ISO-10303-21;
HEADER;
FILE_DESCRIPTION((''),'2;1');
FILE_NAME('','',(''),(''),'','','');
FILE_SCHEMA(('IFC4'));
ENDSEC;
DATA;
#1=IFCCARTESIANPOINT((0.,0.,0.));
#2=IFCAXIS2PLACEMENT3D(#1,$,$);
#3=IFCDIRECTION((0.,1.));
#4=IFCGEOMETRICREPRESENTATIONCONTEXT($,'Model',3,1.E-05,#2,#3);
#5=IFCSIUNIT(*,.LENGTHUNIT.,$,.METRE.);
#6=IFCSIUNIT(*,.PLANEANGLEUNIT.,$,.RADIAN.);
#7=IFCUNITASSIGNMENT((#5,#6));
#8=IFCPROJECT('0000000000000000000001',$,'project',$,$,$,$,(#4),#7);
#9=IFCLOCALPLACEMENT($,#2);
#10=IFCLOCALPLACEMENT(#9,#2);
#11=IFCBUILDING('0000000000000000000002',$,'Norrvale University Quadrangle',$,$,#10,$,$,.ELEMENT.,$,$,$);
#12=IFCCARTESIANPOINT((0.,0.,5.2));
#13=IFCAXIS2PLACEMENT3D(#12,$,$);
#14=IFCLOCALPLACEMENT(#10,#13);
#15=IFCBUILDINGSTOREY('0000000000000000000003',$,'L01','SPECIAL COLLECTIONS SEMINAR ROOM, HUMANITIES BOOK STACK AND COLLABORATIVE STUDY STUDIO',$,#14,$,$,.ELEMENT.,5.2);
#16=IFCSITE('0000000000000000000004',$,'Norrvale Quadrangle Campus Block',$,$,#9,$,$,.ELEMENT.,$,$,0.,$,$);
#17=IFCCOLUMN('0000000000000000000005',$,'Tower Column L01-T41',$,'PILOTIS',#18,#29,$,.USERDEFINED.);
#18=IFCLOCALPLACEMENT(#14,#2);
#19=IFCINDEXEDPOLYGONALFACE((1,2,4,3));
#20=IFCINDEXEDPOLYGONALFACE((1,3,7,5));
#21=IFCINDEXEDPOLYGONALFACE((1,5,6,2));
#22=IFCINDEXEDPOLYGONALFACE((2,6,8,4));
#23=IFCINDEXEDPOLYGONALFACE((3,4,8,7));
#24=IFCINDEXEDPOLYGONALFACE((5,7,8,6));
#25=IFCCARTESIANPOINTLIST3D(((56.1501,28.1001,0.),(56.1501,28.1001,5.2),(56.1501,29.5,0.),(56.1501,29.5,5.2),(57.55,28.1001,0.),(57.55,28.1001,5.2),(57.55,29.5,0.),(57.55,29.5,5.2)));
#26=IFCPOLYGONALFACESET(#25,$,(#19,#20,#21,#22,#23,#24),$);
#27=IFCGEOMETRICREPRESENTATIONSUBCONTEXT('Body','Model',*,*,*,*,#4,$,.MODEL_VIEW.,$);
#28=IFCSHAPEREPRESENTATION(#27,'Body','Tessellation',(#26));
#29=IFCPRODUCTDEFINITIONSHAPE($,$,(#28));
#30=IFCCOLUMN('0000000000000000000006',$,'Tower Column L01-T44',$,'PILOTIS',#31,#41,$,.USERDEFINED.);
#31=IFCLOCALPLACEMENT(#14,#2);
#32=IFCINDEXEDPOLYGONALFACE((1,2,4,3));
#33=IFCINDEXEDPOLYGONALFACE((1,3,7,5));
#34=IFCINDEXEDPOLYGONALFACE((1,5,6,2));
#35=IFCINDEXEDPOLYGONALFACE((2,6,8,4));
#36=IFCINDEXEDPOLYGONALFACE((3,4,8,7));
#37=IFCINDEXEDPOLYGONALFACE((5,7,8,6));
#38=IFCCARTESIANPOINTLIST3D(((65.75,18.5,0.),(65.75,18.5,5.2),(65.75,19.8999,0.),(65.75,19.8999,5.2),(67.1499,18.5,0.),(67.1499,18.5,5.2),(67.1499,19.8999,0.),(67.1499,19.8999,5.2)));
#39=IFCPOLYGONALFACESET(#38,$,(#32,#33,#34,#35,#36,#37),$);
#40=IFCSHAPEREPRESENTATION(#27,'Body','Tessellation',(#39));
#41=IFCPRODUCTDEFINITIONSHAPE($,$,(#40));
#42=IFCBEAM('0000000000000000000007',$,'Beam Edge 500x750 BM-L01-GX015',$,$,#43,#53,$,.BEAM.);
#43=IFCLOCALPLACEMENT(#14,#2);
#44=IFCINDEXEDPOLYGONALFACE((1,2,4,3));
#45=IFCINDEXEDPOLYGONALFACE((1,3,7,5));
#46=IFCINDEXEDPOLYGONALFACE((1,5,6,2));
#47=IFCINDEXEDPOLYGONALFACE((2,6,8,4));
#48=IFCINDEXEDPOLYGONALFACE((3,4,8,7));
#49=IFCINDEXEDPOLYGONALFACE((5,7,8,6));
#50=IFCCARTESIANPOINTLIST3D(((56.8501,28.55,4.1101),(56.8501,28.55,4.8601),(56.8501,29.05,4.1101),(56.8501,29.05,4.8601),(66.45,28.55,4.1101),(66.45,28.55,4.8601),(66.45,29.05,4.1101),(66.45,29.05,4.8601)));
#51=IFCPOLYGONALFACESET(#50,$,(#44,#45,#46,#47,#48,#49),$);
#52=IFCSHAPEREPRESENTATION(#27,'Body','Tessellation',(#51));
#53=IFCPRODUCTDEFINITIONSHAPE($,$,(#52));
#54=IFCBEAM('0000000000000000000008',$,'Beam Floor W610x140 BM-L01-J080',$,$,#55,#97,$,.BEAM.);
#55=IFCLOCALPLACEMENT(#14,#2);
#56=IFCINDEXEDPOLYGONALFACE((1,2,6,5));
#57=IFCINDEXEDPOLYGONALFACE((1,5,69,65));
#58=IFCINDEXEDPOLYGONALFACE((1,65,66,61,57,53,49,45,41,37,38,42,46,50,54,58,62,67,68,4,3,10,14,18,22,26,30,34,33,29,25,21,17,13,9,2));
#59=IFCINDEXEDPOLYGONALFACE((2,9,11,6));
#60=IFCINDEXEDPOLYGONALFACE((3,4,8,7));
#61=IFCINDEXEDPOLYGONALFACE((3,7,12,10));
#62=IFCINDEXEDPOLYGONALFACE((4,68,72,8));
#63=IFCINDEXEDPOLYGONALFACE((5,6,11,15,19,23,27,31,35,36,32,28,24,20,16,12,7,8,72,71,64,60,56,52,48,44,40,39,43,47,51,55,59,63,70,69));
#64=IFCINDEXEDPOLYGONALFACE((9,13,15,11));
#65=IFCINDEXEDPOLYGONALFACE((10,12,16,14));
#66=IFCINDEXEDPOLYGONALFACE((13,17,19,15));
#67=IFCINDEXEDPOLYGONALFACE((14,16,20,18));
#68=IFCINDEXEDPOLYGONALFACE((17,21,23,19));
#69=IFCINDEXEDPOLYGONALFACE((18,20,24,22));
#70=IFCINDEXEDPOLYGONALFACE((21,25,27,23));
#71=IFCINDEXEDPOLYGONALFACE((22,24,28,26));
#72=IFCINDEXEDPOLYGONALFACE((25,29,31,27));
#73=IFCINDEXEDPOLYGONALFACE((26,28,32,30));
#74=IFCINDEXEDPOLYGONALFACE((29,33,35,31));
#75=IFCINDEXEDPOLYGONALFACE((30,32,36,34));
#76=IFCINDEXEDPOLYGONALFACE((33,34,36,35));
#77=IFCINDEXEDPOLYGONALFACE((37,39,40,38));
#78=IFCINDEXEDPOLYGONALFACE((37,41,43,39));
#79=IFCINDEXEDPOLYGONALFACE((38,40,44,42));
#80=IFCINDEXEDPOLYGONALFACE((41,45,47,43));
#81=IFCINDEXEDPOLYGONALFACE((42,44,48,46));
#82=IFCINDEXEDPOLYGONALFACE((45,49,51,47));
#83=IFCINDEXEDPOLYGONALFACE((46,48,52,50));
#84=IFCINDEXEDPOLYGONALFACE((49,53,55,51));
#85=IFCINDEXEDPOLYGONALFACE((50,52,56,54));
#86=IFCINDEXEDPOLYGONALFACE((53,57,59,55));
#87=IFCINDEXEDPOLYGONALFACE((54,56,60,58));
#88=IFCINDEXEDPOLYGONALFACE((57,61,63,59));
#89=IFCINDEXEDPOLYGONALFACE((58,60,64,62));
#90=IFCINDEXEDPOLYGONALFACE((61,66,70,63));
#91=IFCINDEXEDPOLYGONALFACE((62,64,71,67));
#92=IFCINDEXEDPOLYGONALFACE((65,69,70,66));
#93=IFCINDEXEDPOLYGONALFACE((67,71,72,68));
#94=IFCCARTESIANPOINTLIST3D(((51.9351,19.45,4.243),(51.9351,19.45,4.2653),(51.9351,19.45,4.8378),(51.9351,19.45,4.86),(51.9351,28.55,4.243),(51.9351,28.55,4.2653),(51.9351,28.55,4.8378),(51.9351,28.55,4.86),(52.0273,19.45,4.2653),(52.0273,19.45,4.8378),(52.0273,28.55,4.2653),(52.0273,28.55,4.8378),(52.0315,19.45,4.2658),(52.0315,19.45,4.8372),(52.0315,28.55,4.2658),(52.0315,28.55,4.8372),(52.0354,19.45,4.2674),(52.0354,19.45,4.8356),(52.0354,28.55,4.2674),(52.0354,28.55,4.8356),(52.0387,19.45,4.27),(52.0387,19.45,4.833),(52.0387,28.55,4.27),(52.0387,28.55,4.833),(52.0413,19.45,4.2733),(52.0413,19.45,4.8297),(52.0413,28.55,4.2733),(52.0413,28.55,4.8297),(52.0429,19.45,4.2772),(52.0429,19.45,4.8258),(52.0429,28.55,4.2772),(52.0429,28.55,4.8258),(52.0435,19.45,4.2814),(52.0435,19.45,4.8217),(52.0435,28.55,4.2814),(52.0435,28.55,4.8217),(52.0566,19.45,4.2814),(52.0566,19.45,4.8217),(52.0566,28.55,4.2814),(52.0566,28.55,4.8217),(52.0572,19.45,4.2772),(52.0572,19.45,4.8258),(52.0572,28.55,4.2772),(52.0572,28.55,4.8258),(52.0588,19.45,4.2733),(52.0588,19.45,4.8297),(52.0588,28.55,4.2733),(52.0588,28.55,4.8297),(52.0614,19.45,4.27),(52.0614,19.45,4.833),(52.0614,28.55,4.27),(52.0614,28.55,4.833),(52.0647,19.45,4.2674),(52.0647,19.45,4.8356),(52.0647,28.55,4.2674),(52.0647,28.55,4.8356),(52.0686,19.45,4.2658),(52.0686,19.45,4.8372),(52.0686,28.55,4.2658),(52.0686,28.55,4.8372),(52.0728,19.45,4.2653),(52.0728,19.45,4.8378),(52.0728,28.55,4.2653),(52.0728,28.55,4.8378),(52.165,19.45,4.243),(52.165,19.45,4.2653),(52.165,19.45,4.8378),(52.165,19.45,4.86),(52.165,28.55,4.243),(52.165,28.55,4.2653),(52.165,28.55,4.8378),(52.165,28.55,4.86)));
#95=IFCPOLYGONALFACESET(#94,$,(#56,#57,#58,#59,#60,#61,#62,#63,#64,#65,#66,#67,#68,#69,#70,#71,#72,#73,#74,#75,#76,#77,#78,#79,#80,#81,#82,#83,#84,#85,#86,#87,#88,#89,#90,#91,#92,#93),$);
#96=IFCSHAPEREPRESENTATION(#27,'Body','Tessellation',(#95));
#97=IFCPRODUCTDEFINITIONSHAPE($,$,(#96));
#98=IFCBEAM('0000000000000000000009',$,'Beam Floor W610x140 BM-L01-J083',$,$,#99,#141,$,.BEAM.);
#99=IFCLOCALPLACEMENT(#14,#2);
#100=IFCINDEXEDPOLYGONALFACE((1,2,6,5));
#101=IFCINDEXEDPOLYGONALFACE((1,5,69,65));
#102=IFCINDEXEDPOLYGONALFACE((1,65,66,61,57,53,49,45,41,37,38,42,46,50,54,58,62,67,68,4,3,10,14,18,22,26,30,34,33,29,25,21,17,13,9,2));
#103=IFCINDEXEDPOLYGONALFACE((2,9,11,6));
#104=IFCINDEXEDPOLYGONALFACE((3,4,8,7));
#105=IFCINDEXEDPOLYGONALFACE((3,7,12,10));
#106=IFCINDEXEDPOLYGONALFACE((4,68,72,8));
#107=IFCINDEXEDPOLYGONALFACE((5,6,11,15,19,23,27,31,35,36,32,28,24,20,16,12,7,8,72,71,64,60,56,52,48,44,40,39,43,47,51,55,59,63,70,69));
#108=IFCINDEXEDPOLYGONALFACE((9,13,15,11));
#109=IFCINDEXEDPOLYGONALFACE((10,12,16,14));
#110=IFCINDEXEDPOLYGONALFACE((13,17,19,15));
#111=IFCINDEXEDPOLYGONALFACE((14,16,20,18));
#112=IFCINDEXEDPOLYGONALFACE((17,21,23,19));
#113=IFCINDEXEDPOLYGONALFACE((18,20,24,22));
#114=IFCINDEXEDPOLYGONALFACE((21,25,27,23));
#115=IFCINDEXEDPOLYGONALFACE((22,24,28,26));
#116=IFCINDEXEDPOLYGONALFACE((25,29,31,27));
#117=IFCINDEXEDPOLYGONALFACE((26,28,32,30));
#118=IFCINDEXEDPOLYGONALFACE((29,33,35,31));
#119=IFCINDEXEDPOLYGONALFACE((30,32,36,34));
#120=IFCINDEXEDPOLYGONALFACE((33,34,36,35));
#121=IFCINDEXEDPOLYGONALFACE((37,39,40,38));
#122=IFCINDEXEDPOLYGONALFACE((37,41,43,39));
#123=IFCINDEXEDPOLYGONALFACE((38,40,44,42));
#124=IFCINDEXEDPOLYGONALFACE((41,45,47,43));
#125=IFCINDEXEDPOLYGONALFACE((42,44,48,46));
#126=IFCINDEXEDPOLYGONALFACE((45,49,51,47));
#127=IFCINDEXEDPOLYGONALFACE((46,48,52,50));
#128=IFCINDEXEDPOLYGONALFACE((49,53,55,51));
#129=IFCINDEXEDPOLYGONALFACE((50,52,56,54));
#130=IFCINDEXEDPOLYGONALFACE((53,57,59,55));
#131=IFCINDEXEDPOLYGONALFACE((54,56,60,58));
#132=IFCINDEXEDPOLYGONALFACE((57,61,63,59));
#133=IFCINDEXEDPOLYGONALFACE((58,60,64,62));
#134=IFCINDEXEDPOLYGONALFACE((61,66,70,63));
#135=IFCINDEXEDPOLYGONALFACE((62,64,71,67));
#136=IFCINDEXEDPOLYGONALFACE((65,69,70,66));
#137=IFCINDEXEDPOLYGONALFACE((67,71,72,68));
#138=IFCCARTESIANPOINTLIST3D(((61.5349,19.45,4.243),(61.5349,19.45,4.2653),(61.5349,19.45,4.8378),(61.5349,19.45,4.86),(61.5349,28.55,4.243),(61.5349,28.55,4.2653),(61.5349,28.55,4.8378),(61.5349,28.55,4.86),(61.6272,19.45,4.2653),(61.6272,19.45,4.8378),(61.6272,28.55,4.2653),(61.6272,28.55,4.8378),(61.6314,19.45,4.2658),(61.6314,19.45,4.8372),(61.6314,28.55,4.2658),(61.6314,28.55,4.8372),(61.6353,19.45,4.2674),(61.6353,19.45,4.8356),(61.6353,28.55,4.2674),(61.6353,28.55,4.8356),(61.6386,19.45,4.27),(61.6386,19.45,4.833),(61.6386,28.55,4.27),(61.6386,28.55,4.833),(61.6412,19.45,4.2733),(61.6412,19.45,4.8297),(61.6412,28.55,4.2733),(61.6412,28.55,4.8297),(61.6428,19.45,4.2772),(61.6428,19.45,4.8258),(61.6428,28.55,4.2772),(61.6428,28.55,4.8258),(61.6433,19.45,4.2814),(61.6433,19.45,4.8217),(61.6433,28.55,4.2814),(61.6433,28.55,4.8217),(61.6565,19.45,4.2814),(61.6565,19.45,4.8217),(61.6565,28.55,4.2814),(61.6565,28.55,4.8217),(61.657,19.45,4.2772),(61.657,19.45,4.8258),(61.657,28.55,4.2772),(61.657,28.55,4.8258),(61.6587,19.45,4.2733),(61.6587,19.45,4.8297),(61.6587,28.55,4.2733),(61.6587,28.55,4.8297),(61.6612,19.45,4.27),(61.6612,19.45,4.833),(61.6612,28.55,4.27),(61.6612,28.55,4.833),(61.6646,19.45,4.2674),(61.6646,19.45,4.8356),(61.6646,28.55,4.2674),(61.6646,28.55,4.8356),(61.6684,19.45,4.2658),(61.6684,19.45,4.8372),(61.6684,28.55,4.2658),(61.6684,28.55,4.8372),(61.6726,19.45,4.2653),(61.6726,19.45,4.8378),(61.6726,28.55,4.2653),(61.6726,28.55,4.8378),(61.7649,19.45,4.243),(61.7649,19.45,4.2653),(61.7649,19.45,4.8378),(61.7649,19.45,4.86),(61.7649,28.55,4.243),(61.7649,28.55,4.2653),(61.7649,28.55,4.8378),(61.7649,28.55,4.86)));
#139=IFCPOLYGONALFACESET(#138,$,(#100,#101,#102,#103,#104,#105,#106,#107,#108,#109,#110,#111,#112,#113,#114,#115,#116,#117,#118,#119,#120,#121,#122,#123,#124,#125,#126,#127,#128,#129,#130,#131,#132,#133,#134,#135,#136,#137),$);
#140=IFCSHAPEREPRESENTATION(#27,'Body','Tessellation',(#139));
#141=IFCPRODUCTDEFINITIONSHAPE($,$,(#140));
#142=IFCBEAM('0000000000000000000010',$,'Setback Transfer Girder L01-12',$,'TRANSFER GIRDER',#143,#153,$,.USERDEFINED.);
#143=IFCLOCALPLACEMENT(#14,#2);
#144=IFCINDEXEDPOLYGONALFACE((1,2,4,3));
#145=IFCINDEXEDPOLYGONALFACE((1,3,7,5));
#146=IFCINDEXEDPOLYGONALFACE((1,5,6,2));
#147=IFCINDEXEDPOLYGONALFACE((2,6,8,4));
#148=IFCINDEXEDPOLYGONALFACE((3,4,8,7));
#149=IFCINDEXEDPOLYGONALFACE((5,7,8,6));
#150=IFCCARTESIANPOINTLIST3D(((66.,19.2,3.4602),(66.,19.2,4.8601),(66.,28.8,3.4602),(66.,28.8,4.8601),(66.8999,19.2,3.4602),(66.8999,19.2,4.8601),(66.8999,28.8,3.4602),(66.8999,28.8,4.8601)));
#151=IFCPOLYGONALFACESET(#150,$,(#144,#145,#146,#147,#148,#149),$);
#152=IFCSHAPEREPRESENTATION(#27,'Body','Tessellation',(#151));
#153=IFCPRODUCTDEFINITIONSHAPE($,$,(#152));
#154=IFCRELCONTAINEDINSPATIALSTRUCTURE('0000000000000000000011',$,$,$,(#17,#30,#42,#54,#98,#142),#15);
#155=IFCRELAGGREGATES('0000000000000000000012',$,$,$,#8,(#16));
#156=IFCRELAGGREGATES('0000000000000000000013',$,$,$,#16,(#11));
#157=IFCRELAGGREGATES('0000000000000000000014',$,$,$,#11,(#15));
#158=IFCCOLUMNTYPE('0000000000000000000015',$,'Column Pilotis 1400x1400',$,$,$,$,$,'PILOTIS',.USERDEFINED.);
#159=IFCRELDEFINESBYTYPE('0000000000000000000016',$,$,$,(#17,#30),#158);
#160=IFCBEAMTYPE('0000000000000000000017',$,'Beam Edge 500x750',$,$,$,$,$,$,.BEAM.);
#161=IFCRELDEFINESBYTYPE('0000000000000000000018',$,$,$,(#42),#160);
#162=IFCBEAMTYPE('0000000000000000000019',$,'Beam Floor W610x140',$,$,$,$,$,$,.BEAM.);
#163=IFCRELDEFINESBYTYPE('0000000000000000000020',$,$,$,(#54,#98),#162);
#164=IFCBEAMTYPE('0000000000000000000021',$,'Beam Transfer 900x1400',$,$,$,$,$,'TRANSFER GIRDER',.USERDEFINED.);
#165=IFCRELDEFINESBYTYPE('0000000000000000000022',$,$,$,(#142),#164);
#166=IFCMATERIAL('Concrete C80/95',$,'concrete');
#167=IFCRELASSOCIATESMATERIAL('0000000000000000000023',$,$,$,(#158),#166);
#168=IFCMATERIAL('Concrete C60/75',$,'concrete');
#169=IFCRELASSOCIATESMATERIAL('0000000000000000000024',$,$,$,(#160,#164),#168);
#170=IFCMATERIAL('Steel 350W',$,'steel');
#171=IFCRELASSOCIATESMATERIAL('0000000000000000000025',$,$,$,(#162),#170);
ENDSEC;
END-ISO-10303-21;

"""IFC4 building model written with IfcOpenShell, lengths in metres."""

from ifc_helpers import new_model, si_unit, direction, frame, origin, origin_2d, place, context, subcontext, project, spatial, rectangle, i_section, extrude, material, material_profile, profile_set, type_object, element, save


model = new_model("IFC4")

# Units and contexts
model_context = context("Model", 3, precision=1e-05, world=origin(), true_north=direction((0.0, 1.0)))
body_context = subcontext(model_context, "Body", "Model", "MODEL_VIEW")
ifc_project = project(units=[si_unit("LENGTHUNIT", "METRE"), si_unit("PLANEANGLEUNIT", "RADIAN")], contexts=[model_context])

# Site, building, storey
site_placement = place(None, origin())
site = spatial("IfcSite", under=ifc_project, at=site_placement, Name="Norrvale Quadrangle Campus Block", CompositionType="ELEMENT", RefElevation=0.0)
building_placement = place(site_placement, origin())
building = spatial("IfcBuilding", under=site, at=building_placement, Name="Norrvale University Quadrangle", CompositionType="ELEMENT")
storey_placement = place(building_placement, frame((0.0, 0.0, 5.2)))
storey = spatial("IfcBuildingStorey", under=building, at=storey_placement, Name="L01", Description="SPECIAL COLLECTIONS SEMINAR ROOM, HUMANITIES BOOK STACK AND COLLABORATIVE STUDY STUDIO", CompositionType="ELEMENT", Elevation=5.2)

# Columns
ifc_material_1 = material(Name="Concrete C80/95", Category="concrete")
ifc_material_profile_1 = material_profile(ifc_material_1, rectangle(XDim=1.3999, YDim=1.3999, at=origin_2d()), Name="Concrete C80/95")
ifc_profile_set_1 = profile_set([ifc_material_profile_1], Name="Concrete C80/95")
column_type = type_object("IfcColumnType", Name="Column Pilotis 1400x1400", ElementType="PILOTIS", PredefinedType="USERDEFINED", material=ifc_profile_set_1)
for number, where, z_axis, x_axis, name in (
    (1, (56.8501, 28.8, 0.0), (0.0, 0.0, 1.0), (1.0, 0.0, 0.0), "Tower Column L01-T41"),
    (2, (66.45, 19.2, 0.0), (0.0, 0.0, 1.0), (1.0, 0.0, 0.0), "Tower Column L01-T44"),
):
    element("IfcColumn", number, at=place(storey_placement, frame(where, z_axis=z_axis, x_axis=x_axis)), inside=storey, type_object=column_type, Name=name, ObjectType="PILOTIS", PredefinedType="USERDEFINED", context=body_context, shape_type="SweptSolid", body=[
        extrude(rectangle(XDim=1.3999, YDim=1.3999, at=origin_2d()), origin(), (0.0, 0.0, 1.0), 5.2),
    ])

# Beams
ifc_material_2 = material(Name="Concrete C60/75", Category="concrete")
ifc_material_profile_2 = material_profile(ifc_material_2, rectangle(XDim=0.5, YDim=0.75, at=origin_2d()), Name="Concrete C60/75")
ifc_profile_set_2 = profile_set([ifc_material_profile_2], Name="Concrete C60/75")
beam_type_1 = type_object("IfcBeamType", Name="Beam Edge 500x750", PredefinedType="BEAM", material=ifc_profile_set_2)
beam_1_placement = place(storey_placement, frame((56.8501, 28.8, 4.4851), z_axis=(1.0, 0.0, 0.0), x_axis=(0.0, 1.0, 0.0)))
element("IfcBeam", 3, at=beam_1_placement, inside=storey, type_object=beam_type_1, Name="Beam Edge 500x750 BM-L01-GX015", PredefinedType="BEAM", context=body_context, shape_type="SweptSolid", body=[
    extrude(rectangle(XDim=0.5, YDim=0.75, at=origin_2d()), origin(), (0.0, 0.0, 1.0), 9.5999),
])
ifc_material_3 = material(Name="Steel 350W", Category="steel")
ifc_material_profile_3 = material_profile(ifc_material_3, i_section(OverallWidth=0.23, OverallDepth=0.6169, WebThickness=0.0132, FlangeThickness=0.0222, FilletRadius=0.0161, at=origin_2d()), Name="Steel 350W")
ifc_profile_set_3 = profile_set([ifc_material_profile_3], Name="Steel 350W")
beam_type_2 = type_object("IfcBeamType", Name="Beam Floor W610x140", PredefinedType="BEAM", material=ifc_profile_set_3)
for number, where, z_axis, x_axis, name in (
    (4, (52.05, 19.45, 4.5515), (0.0, 1.0, 0.0), (-1.0, 0.0, 0.0), "Beam Floor W610x140 BM-L01-J080"),
    (5, (61.6499, 19.45, 4.5515), (0.0, 1.0, 0.0), (-1.0, 0.0, 0.0), "Beam Floor W610x140 BM-L01-J083"),
):
    element("IfcBeam", number, at=place(storey_placement, frame(where, z_axis=z_axis, x_axis=x_axis)), inside=storey, type_object=beam_type_2, Name=name, PredefinedType="BEAM", context=body_context, shape_type="SweptSolid", body=[
        extrude(i_section(OverallWidth=0.23, OverallDepth=0.6169, WebThickness=0.0132, FlangeThickness=0.0222, FilletRadius=0.0161, at=origin_2d()), origin(), (0.0, 0.0, 1.0), 9.1001),
    ])
ifc_material_profile_4 = material_profile(ifc_material_2, rectangle(XDim=0.8999, YDim=1.3999, at=origin_2d()), Name="Concrete C60/75")
ifc_profile_set_4 = profile_set([ifc_material_profile_4], Name="Concrete C60/75")
beam_type_3 = type_object("IfcBeamType", Name="Beam Transfer 900x1400", ElementType="TRANSFER GIRDER", PredefinedType="USERDEFINED", material=ifc_profile_set_4)
beam_2_placement = place(storey_placement, frame((66.45, 19.2, 4.1602), z_axis=(0.0, 1.0, 0.0), x_axis=(-1.0, 0.0, 0.0)))
element("IfcBeam", 6, at=beam_2_placement, inside=storey, type_object=beam_type_3, Name="Setback Transfer Girder L01-12", ObjectType="TRANSFER GIRDER", PredefinedType="USERDEFINED", context=body_context, shape_type="SweptSolid", body=[
    extrude(rectangle(XDim=0.8999, YDim=1.3999, at=origin_2d()), origin(), (0.0, 0.0, 1.0), 9.6001),
])

save(model, "model.ifc")
